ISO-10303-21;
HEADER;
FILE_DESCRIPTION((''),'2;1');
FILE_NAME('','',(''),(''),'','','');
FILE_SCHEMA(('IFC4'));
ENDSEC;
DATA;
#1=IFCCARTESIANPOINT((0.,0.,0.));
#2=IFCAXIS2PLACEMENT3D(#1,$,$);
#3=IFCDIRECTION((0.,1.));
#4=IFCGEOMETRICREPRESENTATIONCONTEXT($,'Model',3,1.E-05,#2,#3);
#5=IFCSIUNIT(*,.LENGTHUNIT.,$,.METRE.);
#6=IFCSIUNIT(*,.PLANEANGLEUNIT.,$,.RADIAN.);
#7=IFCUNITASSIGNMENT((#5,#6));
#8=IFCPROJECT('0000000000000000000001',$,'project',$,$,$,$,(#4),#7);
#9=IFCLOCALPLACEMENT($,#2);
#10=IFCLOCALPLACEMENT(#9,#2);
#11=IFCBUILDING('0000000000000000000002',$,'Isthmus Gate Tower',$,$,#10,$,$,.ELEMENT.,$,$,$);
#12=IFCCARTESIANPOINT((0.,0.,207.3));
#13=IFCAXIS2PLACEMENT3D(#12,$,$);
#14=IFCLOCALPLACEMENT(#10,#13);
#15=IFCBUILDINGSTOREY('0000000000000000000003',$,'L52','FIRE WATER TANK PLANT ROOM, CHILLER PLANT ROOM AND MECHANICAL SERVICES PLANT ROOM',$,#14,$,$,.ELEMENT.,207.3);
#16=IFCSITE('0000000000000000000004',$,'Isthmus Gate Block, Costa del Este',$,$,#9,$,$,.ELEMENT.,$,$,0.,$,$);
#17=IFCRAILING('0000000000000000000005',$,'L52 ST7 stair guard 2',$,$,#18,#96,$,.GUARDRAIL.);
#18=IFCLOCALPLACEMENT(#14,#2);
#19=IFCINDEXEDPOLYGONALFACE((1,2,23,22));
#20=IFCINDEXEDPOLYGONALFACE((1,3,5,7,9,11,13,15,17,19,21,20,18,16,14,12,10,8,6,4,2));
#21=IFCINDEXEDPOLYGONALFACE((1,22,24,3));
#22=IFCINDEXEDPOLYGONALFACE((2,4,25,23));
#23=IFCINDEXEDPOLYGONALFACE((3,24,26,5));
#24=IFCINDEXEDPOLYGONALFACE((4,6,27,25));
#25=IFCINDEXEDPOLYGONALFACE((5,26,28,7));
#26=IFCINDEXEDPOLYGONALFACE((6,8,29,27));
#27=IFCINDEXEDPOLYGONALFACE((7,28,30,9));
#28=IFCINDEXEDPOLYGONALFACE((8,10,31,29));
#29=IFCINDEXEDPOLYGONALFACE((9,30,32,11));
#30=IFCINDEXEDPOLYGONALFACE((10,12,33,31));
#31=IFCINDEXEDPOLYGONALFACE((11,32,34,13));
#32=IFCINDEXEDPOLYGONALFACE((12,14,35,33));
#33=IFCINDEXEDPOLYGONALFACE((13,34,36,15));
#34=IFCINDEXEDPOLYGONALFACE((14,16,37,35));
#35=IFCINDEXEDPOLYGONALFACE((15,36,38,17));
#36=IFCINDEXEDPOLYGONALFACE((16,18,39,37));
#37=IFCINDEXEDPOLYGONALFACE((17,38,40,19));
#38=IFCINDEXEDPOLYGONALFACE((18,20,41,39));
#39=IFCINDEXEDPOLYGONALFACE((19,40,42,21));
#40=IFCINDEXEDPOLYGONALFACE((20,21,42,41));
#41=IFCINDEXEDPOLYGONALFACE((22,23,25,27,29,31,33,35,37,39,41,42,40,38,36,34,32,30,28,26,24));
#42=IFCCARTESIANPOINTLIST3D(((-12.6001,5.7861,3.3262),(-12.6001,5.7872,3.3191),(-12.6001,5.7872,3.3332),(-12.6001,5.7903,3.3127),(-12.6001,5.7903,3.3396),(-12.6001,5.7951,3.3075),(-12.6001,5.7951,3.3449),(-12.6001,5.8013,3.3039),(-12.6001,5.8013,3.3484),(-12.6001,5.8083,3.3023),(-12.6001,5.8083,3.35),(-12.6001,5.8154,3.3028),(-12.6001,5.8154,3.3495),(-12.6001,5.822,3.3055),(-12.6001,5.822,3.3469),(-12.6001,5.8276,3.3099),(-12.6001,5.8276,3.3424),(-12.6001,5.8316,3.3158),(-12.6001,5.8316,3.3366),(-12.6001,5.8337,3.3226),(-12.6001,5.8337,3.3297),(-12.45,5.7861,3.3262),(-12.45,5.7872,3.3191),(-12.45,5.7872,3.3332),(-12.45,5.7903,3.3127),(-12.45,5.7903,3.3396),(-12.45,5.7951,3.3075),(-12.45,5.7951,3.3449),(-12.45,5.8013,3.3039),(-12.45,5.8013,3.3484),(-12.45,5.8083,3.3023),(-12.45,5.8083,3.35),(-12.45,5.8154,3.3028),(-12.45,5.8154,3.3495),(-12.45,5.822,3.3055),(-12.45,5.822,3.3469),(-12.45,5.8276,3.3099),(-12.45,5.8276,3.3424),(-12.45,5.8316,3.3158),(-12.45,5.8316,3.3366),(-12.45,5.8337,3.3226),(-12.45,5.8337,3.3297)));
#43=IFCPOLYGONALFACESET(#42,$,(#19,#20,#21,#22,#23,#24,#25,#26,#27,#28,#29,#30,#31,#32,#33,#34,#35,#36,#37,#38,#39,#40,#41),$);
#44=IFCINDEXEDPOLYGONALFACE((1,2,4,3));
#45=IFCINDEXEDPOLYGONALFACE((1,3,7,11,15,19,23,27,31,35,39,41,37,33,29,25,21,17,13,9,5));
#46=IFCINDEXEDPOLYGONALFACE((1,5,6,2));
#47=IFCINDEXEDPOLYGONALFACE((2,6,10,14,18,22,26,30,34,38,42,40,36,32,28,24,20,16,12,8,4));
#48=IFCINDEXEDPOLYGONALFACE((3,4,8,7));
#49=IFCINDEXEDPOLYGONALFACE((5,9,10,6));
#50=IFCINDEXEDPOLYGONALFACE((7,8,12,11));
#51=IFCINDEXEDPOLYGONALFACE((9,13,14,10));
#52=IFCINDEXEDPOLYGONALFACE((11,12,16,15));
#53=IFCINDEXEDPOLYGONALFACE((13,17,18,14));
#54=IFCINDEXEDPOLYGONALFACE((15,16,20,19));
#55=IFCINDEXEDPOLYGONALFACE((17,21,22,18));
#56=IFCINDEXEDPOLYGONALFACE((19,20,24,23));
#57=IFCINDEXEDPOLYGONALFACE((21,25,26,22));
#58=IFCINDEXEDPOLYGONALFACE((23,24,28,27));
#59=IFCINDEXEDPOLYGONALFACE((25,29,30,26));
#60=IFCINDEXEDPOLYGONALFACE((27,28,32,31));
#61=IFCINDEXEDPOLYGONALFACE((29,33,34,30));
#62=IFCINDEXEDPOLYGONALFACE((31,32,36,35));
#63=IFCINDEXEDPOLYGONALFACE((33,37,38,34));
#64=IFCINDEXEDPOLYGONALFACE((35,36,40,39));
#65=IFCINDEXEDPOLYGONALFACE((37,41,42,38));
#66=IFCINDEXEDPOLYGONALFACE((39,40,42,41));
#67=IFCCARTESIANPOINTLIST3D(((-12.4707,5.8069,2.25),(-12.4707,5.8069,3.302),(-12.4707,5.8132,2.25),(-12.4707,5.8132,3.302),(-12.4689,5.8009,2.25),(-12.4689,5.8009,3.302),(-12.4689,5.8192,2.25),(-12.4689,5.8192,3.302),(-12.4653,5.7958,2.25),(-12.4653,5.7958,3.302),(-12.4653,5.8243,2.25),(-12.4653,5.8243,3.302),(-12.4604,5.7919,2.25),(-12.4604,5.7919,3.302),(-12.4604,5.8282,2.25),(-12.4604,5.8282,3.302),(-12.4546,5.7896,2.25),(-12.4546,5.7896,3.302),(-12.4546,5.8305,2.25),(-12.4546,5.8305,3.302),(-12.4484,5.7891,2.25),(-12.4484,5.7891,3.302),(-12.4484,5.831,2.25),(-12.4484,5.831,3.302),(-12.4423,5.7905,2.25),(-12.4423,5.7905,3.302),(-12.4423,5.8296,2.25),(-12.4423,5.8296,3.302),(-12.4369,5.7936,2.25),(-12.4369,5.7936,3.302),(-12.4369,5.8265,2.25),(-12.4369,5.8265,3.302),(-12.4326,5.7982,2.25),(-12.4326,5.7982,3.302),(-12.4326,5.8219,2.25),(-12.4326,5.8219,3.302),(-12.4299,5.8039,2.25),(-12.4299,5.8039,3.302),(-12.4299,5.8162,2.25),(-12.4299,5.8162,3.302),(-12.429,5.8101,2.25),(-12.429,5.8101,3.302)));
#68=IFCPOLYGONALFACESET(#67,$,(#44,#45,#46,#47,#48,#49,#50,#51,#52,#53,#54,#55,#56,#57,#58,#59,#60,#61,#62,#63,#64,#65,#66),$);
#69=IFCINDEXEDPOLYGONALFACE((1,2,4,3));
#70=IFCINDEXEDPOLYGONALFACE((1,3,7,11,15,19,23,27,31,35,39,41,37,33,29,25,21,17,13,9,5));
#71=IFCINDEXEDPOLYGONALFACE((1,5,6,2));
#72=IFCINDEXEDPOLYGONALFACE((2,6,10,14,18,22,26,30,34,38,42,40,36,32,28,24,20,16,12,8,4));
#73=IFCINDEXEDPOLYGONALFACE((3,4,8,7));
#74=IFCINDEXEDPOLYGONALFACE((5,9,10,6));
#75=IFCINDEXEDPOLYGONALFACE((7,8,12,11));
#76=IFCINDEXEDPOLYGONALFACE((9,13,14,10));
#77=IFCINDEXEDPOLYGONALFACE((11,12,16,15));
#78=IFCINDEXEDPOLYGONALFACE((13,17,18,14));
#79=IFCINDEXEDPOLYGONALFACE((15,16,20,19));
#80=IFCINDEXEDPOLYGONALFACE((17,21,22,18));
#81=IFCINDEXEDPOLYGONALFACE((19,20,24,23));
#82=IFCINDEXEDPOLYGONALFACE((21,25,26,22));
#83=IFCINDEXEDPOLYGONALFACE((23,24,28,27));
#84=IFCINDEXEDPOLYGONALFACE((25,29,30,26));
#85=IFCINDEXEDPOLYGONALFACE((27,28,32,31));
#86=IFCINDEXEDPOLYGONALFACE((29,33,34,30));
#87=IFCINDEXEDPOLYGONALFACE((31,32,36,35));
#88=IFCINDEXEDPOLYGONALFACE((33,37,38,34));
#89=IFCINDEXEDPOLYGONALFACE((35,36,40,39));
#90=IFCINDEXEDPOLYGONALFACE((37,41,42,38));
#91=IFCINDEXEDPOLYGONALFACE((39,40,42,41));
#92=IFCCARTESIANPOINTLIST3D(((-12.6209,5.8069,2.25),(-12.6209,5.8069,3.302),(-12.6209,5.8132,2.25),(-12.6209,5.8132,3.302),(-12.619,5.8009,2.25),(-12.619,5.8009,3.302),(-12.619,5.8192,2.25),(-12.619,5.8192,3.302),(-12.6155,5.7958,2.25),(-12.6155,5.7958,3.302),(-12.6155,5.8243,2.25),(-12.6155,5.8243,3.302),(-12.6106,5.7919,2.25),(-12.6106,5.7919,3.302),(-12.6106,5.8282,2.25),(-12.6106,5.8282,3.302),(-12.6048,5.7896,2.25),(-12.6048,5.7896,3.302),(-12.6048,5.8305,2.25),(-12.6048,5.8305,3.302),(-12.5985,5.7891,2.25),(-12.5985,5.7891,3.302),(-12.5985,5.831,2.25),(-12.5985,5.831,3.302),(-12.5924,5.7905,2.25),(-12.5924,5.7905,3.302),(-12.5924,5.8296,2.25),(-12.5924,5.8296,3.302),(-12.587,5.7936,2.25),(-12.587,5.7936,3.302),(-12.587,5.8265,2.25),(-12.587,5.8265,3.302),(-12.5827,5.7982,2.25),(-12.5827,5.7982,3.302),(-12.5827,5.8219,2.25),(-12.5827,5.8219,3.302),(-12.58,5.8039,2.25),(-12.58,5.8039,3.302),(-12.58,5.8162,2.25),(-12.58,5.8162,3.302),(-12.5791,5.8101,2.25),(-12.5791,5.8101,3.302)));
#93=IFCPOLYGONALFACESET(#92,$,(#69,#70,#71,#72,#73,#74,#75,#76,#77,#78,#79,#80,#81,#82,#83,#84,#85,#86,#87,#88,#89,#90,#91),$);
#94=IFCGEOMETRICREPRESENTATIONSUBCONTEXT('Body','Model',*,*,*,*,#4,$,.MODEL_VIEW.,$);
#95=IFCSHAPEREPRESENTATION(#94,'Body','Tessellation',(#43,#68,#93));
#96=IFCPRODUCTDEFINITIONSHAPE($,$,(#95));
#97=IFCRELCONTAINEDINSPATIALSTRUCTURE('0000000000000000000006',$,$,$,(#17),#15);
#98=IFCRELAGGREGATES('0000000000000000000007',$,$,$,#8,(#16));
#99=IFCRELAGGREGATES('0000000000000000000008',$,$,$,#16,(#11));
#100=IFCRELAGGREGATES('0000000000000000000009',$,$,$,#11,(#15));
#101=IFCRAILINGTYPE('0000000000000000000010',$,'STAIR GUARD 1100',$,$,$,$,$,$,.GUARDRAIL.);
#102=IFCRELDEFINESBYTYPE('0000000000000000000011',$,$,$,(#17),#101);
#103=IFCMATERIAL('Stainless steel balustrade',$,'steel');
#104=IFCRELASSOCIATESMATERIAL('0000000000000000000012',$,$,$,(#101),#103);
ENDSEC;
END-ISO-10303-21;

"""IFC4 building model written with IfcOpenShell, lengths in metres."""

from ifc_helpers import new_model, si_unit, direction, frame, origin, origin_2d, place, context, subcontext, project, spatial, circle, extrude, material, type_object, element, save


model = new_model("IFC4")

# Units and contexts
model_context = context("Model", 3, precision=1e-05, world=origin(), true_north=direction((0.0, 1.0)))
body_context = subcontext(model_context, "Body", "Model", "MODEL_VIEW")
ifc_project = project(units=[si_unit("LENGTHUNIT", "METRE"), si_unit("PLANEANGLEUNIT", "RADIAN")], contexts=[model_context])

# Site, building, storey
site_placement = place(None, origin())
site = spatial("IfcSite", under=ifc_project, at=site_placement, Name="Isthmus Gate Block, Costa del Este", CompositionType="ELEMENT", RefElevation=0.0)
building_placement = place(site_placement, origin())
building = spatial("IfcBuilding", under=site, at=building_placement, Name="Isthmus Gate Tower", CompositionType="ELEMENT")
storey_placement = place(building_placement, frame((0.0, 0.0, 207.3)))
storey = spatial("IfcBuildingStorey", under=building, at=storey_placement, Name="L52", Description="FIRE WATER TANK PLANT ROOM, CHILLER PLANT ROOM AND MECHANICAL SERVICES PLANT ROOM", CompositionType="ELEMENT", Elevation=207.3)

# Railing
ifc_material_1 = material(Name="Stainless steel balustrade", Category="steel")
railing_type_1 = type_object("IfcRailingType", Name="STAIR GUARD 1100", PredefinedType="GUARDRAIL", material=ifc_material_1)
railing_1_placement = place(storey_placement, frame((-12.45, 5.8101, 2.25)))
element("IfcRailing", 1, at=railing_1_placement, inside=storey, type_object=railing_type_1, Name="L52 ST7 stair guard 2", PredefinedType="GUARDRAIL", context=body_context, shape_type="SweptSolid", body=[
    extrude(circle(Radius=0.0239, at=origin_2d()), frame((0.0, 0.0, 1.0762), z_axis=(-1.0, 0.0, 0.0), x_axis=(0.0, -1.0, 0.0)), (0.0, 0.0, 1.0), 0.1501),
    extrude(circle(Radius=0.021, at=origin_2d()), origin(), (0.0, 0.0, 1.0), 1.052),
    extrude(circle(Radius=0.021, at=origin_2d()), frame((-0.1501, 0.0, 0.0)), (0.0, 0.0, 1.0), 1.052),
])

save(model, "model.ifc")
